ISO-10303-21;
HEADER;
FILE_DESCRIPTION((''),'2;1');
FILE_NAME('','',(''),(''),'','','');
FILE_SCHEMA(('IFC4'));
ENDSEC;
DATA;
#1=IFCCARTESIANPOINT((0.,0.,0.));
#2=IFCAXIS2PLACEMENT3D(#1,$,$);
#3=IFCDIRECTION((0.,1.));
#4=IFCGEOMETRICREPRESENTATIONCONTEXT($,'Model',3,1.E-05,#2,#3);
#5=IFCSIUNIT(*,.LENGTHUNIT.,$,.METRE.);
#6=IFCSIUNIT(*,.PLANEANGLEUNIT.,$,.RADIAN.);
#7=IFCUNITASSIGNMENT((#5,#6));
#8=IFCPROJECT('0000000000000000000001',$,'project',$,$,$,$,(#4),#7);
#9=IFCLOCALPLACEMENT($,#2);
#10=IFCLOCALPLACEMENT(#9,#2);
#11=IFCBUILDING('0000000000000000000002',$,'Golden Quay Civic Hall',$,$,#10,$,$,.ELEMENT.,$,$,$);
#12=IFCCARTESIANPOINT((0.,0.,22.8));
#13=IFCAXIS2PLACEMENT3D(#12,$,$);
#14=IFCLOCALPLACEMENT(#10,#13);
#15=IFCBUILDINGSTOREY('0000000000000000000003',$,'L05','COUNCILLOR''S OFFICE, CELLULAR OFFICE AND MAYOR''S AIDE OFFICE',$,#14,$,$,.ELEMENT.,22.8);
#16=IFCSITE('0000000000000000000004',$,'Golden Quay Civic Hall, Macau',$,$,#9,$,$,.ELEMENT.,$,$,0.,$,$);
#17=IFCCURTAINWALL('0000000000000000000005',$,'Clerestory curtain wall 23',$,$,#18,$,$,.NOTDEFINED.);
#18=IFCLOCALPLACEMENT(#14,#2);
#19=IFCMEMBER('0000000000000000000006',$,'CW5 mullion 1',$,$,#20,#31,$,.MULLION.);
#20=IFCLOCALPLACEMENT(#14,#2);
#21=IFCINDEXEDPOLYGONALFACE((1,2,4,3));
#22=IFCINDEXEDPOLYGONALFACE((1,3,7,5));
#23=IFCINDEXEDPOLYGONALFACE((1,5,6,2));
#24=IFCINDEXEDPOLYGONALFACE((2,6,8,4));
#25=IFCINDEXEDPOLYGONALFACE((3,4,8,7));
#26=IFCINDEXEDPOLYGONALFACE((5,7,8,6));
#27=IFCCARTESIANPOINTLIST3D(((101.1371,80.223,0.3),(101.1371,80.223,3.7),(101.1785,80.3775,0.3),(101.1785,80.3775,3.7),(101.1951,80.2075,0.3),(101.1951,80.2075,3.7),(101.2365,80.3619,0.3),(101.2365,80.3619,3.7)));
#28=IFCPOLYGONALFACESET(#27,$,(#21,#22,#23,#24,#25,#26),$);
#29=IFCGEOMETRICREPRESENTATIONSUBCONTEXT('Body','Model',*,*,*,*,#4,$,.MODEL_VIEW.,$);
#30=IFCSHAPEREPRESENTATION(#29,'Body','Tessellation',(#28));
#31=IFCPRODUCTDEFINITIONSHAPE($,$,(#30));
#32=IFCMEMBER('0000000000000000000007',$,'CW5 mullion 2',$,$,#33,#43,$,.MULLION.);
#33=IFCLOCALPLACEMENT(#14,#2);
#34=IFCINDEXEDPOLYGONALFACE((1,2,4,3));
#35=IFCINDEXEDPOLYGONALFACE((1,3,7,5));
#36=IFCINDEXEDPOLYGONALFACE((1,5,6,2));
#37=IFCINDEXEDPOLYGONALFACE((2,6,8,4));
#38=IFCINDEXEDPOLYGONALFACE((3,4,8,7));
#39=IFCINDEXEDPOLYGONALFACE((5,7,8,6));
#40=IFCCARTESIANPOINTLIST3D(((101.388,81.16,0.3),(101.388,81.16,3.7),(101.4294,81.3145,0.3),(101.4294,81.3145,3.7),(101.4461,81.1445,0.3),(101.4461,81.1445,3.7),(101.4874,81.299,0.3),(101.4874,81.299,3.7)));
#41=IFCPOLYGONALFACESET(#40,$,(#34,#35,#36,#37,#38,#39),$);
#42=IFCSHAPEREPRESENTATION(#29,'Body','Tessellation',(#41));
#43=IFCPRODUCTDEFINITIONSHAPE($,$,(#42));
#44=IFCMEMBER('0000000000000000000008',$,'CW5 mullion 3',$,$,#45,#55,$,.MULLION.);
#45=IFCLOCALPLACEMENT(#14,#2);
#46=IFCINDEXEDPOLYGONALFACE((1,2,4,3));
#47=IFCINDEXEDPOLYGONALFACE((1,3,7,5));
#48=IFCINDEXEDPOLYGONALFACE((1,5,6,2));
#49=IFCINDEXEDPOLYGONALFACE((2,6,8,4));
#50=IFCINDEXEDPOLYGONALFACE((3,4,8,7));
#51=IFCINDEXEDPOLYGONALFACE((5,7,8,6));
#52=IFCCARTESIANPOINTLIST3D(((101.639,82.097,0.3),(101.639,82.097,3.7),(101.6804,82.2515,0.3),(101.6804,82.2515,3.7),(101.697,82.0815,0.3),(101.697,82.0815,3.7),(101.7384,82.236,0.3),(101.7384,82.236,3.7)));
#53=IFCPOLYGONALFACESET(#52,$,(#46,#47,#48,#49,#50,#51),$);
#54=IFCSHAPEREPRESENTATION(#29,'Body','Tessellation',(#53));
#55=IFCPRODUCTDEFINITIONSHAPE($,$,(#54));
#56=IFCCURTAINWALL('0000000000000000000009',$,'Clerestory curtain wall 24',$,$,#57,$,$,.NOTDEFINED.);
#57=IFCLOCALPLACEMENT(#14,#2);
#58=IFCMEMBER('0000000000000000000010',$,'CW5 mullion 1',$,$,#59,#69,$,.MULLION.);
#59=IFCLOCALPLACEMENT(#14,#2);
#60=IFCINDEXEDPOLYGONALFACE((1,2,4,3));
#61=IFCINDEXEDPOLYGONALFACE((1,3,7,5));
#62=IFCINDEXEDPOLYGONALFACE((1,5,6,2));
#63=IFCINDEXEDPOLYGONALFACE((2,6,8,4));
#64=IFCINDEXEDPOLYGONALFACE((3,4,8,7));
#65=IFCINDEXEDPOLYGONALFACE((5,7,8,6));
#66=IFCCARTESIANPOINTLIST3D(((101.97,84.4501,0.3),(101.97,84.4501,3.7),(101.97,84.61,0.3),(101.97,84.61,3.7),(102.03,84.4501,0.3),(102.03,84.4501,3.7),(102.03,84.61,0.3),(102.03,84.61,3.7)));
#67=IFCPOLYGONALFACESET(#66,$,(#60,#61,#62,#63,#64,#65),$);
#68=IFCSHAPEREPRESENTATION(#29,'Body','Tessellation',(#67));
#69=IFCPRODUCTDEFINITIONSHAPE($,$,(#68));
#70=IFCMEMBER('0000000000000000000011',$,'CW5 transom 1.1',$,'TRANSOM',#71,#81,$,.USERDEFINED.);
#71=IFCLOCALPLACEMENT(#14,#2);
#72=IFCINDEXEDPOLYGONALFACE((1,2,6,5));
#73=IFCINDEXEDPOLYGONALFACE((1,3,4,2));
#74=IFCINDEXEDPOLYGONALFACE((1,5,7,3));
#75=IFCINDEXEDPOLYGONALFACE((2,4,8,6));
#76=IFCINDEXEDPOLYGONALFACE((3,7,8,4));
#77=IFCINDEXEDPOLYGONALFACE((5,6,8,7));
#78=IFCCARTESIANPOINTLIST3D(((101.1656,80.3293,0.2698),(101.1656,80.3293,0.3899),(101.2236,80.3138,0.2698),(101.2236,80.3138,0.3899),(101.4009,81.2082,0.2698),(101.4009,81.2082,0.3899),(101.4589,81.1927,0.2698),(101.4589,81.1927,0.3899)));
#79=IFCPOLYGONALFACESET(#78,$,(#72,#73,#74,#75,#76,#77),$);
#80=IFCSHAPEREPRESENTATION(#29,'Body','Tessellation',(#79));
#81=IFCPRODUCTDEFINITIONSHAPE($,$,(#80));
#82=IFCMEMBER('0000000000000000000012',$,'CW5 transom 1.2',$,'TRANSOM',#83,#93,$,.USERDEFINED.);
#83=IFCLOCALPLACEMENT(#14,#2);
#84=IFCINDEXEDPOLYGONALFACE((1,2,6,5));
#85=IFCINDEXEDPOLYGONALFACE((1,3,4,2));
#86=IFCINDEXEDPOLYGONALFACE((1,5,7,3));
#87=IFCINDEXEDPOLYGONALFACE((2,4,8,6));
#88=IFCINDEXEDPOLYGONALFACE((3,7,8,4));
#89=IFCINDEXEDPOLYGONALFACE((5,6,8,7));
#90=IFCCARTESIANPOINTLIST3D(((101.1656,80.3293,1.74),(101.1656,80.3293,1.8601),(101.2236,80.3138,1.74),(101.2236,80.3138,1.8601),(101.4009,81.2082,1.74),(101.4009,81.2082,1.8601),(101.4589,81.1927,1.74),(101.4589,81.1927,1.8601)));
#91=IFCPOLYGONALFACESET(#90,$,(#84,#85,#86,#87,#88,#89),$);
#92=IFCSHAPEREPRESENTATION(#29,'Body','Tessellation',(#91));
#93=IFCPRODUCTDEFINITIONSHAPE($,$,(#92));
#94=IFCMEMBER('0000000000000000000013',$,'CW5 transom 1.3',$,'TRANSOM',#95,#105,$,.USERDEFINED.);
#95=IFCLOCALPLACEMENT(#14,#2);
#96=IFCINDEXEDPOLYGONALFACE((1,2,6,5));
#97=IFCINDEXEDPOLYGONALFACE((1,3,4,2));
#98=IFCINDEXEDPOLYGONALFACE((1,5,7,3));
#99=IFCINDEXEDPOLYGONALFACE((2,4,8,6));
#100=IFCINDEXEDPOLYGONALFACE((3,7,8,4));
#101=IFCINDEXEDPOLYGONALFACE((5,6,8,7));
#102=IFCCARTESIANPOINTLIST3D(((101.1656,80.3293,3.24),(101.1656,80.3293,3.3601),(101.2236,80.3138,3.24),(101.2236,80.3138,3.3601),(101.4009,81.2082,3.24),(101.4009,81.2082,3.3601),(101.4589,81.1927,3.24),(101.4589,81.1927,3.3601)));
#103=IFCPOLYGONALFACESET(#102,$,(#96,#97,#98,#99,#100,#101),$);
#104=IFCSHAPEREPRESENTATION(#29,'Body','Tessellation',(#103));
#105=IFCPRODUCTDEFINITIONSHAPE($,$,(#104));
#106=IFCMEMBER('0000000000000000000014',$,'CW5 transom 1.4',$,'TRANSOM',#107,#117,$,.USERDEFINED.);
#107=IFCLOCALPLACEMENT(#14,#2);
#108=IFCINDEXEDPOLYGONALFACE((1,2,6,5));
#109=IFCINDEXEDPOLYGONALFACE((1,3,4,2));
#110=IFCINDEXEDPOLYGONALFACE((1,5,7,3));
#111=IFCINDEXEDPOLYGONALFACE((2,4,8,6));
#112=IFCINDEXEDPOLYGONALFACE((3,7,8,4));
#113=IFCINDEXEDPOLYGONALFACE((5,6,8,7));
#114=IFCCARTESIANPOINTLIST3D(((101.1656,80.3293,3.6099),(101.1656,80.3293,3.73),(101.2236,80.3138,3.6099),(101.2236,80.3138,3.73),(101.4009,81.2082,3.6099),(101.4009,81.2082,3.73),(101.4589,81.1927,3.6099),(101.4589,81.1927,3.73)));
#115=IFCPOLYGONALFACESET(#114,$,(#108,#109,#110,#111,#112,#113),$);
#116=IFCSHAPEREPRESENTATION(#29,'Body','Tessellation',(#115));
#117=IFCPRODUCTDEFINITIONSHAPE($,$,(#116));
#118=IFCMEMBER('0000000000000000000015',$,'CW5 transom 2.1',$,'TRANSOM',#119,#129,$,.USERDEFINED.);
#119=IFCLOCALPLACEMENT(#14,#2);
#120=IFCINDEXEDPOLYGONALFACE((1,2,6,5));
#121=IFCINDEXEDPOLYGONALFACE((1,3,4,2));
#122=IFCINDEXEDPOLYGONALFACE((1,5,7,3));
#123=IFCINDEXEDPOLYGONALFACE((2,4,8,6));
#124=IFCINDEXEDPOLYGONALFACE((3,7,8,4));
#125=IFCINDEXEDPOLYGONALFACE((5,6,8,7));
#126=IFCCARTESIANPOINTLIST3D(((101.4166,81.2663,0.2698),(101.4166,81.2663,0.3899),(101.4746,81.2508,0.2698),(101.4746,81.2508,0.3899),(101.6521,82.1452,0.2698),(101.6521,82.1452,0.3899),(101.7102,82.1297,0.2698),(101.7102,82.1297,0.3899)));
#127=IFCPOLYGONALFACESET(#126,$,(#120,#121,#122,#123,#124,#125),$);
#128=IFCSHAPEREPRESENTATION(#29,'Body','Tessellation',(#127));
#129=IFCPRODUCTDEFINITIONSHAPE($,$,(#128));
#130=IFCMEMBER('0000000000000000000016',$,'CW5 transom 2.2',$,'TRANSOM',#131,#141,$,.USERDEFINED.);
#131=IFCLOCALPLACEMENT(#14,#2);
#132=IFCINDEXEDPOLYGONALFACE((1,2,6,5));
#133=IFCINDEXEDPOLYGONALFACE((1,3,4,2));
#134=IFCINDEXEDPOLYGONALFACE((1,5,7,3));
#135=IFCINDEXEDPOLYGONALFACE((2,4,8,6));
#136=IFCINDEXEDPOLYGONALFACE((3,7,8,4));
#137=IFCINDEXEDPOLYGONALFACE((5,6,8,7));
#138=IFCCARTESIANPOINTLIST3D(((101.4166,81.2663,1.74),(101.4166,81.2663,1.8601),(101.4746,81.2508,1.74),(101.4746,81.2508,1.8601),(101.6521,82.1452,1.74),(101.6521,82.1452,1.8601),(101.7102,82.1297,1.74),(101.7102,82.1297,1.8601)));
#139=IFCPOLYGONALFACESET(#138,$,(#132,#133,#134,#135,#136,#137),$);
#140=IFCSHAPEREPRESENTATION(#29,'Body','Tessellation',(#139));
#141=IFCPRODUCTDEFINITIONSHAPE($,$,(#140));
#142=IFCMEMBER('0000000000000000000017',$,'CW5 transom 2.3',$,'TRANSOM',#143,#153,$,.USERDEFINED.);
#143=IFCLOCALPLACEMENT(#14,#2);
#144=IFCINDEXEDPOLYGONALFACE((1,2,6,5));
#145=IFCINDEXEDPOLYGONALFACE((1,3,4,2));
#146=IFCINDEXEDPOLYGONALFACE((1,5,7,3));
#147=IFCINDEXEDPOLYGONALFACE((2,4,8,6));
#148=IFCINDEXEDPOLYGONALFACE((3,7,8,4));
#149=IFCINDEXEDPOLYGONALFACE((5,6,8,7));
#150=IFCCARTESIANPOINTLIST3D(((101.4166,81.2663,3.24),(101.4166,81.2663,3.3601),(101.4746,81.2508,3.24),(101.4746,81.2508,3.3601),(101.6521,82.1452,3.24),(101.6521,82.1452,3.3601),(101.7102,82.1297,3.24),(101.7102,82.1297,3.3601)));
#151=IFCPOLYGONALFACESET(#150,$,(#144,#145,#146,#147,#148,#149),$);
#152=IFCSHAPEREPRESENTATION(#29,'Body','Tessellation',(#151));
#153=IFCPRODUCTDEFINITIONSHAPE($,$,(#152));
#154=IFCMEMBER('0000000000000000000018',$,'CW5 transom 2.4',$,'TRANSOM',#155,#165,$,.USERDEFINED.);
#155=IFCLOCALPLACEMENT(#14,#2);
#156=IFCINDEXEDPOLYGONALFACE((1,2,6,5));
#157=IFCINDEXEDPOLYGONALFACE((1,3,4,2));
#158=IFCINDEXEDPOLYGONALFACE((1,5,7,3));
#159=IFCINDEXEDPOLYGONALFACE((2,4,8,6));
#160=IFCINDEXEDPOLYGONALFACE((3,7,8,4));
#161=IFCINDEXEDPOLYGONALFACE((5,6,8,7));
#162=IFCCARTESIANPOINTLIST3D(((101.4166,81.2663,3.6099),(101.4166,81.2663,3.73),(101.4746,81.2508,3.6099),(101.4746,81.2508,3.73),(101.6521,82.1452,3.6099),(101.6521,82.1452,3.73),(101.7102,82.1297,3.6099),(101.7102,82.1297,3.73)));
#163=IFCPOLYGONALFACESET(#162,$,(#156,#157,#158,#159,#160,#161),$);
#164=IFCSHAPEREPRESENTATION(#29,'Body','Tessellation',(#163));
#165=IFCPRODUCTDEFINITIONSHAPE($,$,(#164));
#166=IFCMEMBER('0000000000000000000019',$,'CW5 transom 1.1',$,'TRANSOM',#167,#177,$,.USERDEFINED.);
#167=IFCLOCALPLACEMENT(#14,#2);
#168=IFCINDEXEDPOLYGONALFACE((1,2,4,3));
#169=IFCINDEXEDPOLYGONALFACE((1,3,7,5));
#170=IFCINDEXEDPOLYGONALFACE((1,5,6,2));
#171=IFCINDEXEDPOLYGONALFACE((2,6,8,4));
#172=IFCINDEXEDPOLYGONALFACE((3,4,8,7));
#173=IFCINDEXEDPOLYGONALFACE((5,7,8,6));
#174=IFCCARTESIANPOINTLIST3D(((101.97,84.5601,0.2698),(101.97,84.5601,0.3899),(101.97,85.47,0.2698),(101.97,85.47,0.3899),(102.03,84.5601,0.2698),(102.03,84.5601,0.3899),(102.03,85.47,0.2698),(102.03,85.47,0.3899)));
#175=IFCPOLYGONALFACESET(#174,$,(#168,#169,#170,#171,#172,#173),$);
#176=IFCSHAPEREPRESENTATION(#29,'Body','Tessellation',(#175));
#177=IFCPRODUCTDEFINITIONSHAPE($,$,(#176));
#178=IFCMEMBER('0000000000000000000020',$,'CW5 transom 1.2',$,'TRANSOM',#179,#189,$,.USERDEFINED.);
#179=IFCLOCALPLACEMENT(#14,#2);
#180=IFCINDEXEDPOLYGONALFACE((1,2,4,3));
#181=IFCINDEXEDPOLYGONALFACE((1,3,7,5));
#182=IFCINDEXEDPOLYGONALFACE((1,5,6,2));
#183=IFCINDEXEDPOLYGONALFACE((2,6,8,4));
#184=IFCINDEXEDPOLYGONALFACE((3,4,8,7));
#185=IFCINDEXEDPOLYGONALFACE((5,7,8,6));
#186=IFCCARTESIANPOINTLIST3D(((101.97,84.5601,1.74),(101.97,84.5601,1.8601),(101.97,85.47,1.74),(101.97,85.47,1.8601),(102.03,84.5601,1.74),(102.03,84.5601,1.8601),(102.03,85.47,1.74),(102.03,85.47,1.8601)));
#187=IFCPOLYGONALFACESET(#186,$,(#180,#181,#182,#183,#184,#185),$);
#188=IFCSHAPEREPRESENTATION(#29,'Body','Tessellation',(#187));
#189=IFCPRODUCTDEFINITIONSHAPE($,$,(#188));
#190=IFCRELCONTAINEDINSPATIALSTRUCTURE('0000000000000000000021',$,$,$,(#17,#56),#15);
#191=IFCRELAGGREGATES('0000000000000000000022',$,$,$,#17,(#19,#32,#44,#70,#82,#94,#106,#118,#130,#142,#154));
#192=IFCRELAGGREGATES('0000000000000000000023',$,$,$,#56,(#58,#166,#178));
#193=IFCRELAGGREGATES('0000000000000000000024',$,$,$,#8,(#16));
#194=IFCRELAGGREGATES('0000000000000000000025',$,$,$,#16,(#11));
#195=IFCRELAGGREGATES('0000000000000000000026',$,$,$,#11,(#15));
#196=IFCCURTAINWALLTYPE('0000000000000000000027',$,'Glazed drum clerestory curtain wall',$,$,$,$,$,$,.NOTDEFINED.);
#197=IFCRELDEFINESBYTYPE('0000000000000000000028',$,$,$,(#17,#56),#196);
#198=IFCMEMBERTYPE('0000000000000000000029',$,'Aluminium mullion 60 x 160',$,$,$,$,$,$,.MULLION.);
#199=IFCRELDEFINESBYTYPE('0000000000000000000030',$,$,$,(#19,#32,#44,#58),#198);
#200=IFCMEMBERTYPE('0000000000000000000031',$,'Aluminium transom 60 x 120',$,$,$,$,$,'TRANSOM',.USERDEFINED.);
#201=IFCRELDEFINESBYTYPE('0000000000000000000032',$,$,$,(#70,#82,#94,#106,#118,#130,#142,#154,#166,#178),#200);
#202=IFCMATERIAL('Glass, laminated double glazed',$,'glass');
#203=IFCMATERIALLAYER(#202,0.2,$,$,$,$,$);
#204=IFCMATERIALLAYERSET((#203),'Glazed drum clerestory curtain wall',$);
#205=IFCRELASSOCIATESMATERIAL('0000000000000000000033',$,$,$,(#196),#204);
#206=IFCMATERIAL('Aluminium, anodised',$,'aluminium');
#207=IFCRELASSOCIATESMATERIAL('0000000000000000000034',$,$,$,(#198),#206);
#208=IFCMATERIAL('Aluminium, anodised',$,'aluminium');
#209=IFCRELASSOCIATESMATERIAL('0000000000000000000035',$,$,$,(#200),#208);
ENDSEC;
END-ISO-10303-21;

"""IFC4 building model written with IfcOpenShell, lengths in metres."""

from ifc_helpers import new_model, si_unit, direction, frame, origin, origin_2d, place, context, subcontext, project, spatial, rectangle, extrude, material, layer, layer_set, material_profile, profile_set, type_object, element, aggregate, save


model = new_model("IFC4")

# Units and contexts
model_context = context("Model", 3, precision=1e-05, world=origin(), true_north=direction((0.0, 1.0)))
body_context = subcontext(model_context, "Body", "Model", "MODEL_VIEW")
ifc_project = project(units=[si_unit("LENGTHUNIT", "METRE"), si_unit("PLANEANGLEUNIT", "RADIAN")], contexts=[model_context])

# Site, building, storey
site_placement = place(None, origin())
site = spatial("IfcSite", under=ifc_project, at=site_placement, Name="Golden Quay Civic Hall, Macau", CompositionType="ELEMENT", RefElevation=0.0)
building_placement = place(site_placement, origin())
building = spatial("IfcBuilding", under=site, at=building_placement, Name="Golden Quay Civic Hall", CompositionType="ELEMENT")
storey_placement = place(building_placement, frame((0.0, 0.0, 22.8)))
storey = spatial("IfcBuildingStorey", under=building, at=storey_placement, Name="L05", Description="COUNCILLOR'S OFFICE, CELLULAR OFFICE AND MAYOR'S AIDE OFFICE", CompositionType="ELEMENT", Elevation=22.8)

# Curtain wall, members
ifc_material_1 = material(Name="Glass, laminated double glazed", Category="glass")
ifc_layer_1 = layer(ifc_material_1, 0.2)
ifc_layer_set_1 = layer_set([ifc_layer_1], Name="Glazed drum clerestory curtain wall")
curtain_wall_type = type_object("IfcCurtainWallType", Name="Glazed drum clerestory curtain wall", PredefinedType="NOTDEFINED", material=ifc_layer_set_1)
curtain_wall_1_placement = place(storey_placement, origin())
curtain_wall_1 = element("IfcCurtainWall", 1, at=curtain_wall_1_placement, inside=storey, type_object=curtain_wall_type, Name="Clerestory curtain wall 23", PredefinedType="NOTDEFINED")
ifc_material_2 = material(Name="Aluminium, anodised", Category="aluminium")
ifc_material_profile_1 = material_profile(ifc_material_2, rectangle(XDim=0.0601, YDim=0.1599, at=origin_2d()), Name="Aluminium 60 x 160")
ifc_profile_set_1 = profile_set([ifc_material_profile_1], Name="Aluminium, anodised")
member_type_1 = type_object("IfcMemberType", Name="Aluminium mullion 60 x 160", PredefinedType="MULLION", material=ifc_profile_set_1)
member_1_placement = place(storey_placement, frame((101.1868, 80.2925, 0.3), z_axis=(0.0, 0.0, 1.0), x_axis=(-0.965929, 0.258808, 0.0)))
member_1 = element("IfcMember", 2, at=member_1_placement, type_object=member_type_1, Name="CW5 mullion 1", PredefinedType="MULLION", context=body_context, shape_type="SweptSolid", body=[
    extrude(rectangle(XDim=0.0601, YDim=0.1599, at=origin_2d()), origin(), (0.0, 0.0, 1.0), 3.3999),
])
member_2_placement = place(storey_placement, frame((101.4377, 81.2295, 0.3), z_axis=(0.0, 0.0, 1.0), x_axis=(-0.965929, 0.258808, 0.0)))
member_2 = element("IfcMember", 3, at=member_2_placement, type_object=member_type_1, Name="CW5 mullion 2", PredefinedType="MULLION", context=body_context, shape_type="SweptSolid", body=[
    extrude(rectangle(XDim=0.0601, YDim=0.1599, at=origin_2d()), origin(), (0.0, 0.0, 1.0), 3.3999),
])
member_3_placement = place(storey_placement, frame((101.6887, 82.1665, 0.3), z_axis=(0.0, 0.0, 1.0), x_axis=(-0.965929, 0.258808, 0.0)))
member_3 = element("IfcMember", 4, at=member_3_placement, type_object=member_type_1, Name="CW5 mullion 3", PredefinedType="MULLION", context=body_context, shape_type="SweptSolid", body=[
    extrude(rectangle(XDim=0.0601, YDim=0.1599, at=origin_2d()), origin(), (0.0, 0.0, 1.0), 3.3999),
])

# Curtain wall, member
curtain_wall_2_placement = place(storey_placement, origin())
curtain_wall_2 = element("IfcCurtainWall", 5, at=curtain_wall_2_placement, inside=storey, type_object=curtain_wall_type, Name="Clerestory curtain wall 24", PredefinedType="NOTDEFINED")
member_4_placement = place(storey_placement, frame((102.0, 84.53, 0.3), z_axis=(0.0, 0.0, 1.0), x_axis=(-1.0, 0.0, 0.0)))
member_4 = element("IfcMember", 6, at=member_4_placement, type_object=member_type_1, Name="CW5 mullion 1", PredefinedType="MULLION", context=body_context, shape_type="SweptSolid", body=[
    extrude(rectangle(XDim=0.0601, YDim=0.1599, at=origin_2d()), origin(), (0.0, 0.0, 1.0), 3.3999),
])

# Members
ifc_material_3 = material(Name="Aluminium, anodised", Category="aluminium")
ifc_material_profile_2 = material_profile(ifc_material_3, rectangle(XDim=0.0601, YDim=0.1201, at=origin_2d()), Name="Aluminium 60 x 120")
ifc_profile_set_2 = profile_set([ifc_material_profile_2], Name="Aluminium, anodised")
member_type_2 = type_object("IfcMemberType", Name="Aluminium transom 60 x 120", ElementType="TRANSOM", PredefinedType="USERDEFINED", material=ifc_profile_set_2)
member_5_placement = place(storey_placement, frame((101.1946, 80.3215, 0.3298), z_axis=(0.258665, 0.965967, 0.0), x_axis=(-0.965967, 0.258665, 0.0)))
member_5 = element("IfcMember", 7, at=member_5_placement, type_object=member_type_2, Name="CW5 transom 1.1", ObjectType="TRANSOM", PredefinedType="USERDEFINED", context=body_context, shape_type="SweptSolid", body=[
    extrude(rectangle(XDim=0.0601, YDim=0.1201, at=origin_2d()), origin(), (0.0, 0.0, 1.0), 0.9099),
])
member_6_placement = place(storey_placement, frame((101.1946, 80.3215, 1.8), z_axis=(0.258665, 0.965967, 0.0), x_axis=(-0.965967, 0.258665, 0.0)))
member_6 = element("IfcMember", 8, at=member_6_placement, type_object=member_type_2, Name="CW5 transom 1.2", ObjectType="TRANSOM", PredefinedType="USERDEFINED", context=body_context, shape_type="SweptSolid", body=[
    extrude(rectangle(XDim=0.0601, YDim=0.1201, at=origin_2d()), origin(), (0.0, 0.0, 1.0), 0.9099),
])
member_7_placement = place(storey_placement, frame((101.1946, 80.3215, 3.3), z_axis=(0.258665, 0.965967, 0.0), x_axis=(-0.965967, 0.258665, 0.0)))
member_7 = element("IfcMember", 9, at=member_7_placement, type_object=member_type_2, Name="CW5 transom 1.3", ObjectType="TRANSOM", PredefinedType="USERDEFINED", context=body_context, shape_type="SweptSolid", body=[
    extrude(rectangle(XDim=0.0601, YDim=0.1201, at=origin_2d()), origin(), (0.0, 0.0, 1.0), 0.9099),
])
member_8_placement = place(storey_placement, frame((101.1946, 80.3215, 3.6699), z_axis=(0.258665, 0.965967, 0.0), x_axis=(-0.965967, 0.258665, 0.0)))
member_8 = element("IfcMember", 10, at=member_8_placement, type_object=member_type_2, Name="CW5 transom 1.4", ObjectType="TRANSOM", PredefinedType="USERDEFINED", context=body_context, shape_type="SweptSolid", body=[
    extrude(rectangle(XDim=0.0601, YDim=0.1201, at=origin_2d()), origin(), (0.0, 0.0, 1.0), 0.9099),
])
member_9_placement = place(storey_placement, frame((101.4456, 81.2585, 0.3298), z_axis=(0.258915, 0.9659, 0.0), x_axis=(-0.9659, 0.258915, 0.0)))
member_9 = element("IfcMember", 11, at=member_9_placement, type_object=member_type_2, Name="CW5 transom 2.1", ObjectType="TRANSOM", PredefinedType="USERDEFINED", context=body_context, shape_type="SweptSolid", body=[
    extrude(rectangle(XDim=0.0601, YDim=0.1201, at=origin_2d()), origin(), (0.0, 0.0, 1.0), 0.9099),
])
member_10_placement = place(storey_placement, frame((101.4456, 81.2585, 1.8), z_axis=(0.258915, 0.9659, 0.0), x_axis=(-0.9659, 0.258915, 0.0)))
member_10 = element("IfcMember", 12, at=member_10_placement, type_object=member_type_2, Name="CW5 transom 2.2", ObjectType="TRANSOM", PredefinedType="USERDEFINED", context=body_context, shape_type="SweptSolid", body=[
    extrude(rectangle(XDim=0.0601, YDim=0.1201, at=origin_2d()), origin(), (0.0, 0.0, 1.0), 0.9099),
])
member_11_placement = place(storey_placement, frame((101.4456, 81.2585, 3.3), z_axis=(0.258915, 0.9659, 0.0), x_axis=(-0.9659, 0.258915, 0.0)))
member_11 = element("IfcMember", 13, at=member_11_placement, type_object=member_type_2, Name="CW5 transom 2.3", ObjectType="TRANSOM", PredefinedType="USERDEFINED", context=body_context, shape_type="SweptSolid", body=[
    extrude(rectangle(XDim=0.0601, YDim=0.1201, at=origin_2d()), origin(), (0.0, 0.0, 1.0), 0.9099),
])
member_12_placement = place(storey_placement, frame((101.4456, 81.2585, 3.6699), z_axis=(0.258915, 0.9659, 0.0), x_axis=(-0.9659, 0.258915, 0.0)))
member_12 = element("IfcMember", 14, at=member_12_placement, type_object=member_type_2, Name="CW5 transom 2.4", ObjectType="TRANSOM", PredefinedType="USERDEFINED", context=body_context, shape_type="SweptSolid", body=[
    extrude(rectangle(XDim=0.0601, YDim=0.1201, at=origin_2d()), origin(), (0.0, 0.0, 1.0), 0.9099),
])
member_13_placement = place(storey_placement, frame((102.0, 84.5601, 0.3298), z_axis=(0.0, 1.0, 0.0), x_axis=(-1.0, 0.0, 0.0)))
member_13 = element("IfcMember", 15, at=member_13_placement, type_object=member_type_2, Name="CW5 transom 1.1", ObjectType="TRANSOM", PredefinedType="USERDEFINED", context=body_context, shape_type="SweptSolid", body=[
    extrude(rectangle(XDim=0.0601, YDim=0.1201, at=origin_2d()), origin(), (0.0, 0.0, 1.0), 0.9099),
])
member_14_placement = place(storey_placement, frame((102.0, 84.5601, 1.8), z_axis=(0.0, 1.0, 0.0), x_axis=(-1.0, 0.0, 0.0)))
member_14 = element("IfcMember", 16, at=member_14_placement, type_object=member_type_2, Name="CW5 transom 1.2", ObjectType="TRANSOM", PredefinedType="USERDEFINED", context=body_context, shape_type="SweptSolid", body=[
    extrude(rectangle(XDim=0.0601, YDim=0.1201, at=origin_2d()), origin(), (0.0, 0.0, 1.0), 0.9099),
])

aggregate(curtain_wall_1, [member_1, member_2, member_3, member_5, member_6, member_7, member_8, member_9, member_10, member_11, member_12])
aggregate(curtain_wall_2, [member_4, member_13, member_14])

save(model, "model.ifc")
